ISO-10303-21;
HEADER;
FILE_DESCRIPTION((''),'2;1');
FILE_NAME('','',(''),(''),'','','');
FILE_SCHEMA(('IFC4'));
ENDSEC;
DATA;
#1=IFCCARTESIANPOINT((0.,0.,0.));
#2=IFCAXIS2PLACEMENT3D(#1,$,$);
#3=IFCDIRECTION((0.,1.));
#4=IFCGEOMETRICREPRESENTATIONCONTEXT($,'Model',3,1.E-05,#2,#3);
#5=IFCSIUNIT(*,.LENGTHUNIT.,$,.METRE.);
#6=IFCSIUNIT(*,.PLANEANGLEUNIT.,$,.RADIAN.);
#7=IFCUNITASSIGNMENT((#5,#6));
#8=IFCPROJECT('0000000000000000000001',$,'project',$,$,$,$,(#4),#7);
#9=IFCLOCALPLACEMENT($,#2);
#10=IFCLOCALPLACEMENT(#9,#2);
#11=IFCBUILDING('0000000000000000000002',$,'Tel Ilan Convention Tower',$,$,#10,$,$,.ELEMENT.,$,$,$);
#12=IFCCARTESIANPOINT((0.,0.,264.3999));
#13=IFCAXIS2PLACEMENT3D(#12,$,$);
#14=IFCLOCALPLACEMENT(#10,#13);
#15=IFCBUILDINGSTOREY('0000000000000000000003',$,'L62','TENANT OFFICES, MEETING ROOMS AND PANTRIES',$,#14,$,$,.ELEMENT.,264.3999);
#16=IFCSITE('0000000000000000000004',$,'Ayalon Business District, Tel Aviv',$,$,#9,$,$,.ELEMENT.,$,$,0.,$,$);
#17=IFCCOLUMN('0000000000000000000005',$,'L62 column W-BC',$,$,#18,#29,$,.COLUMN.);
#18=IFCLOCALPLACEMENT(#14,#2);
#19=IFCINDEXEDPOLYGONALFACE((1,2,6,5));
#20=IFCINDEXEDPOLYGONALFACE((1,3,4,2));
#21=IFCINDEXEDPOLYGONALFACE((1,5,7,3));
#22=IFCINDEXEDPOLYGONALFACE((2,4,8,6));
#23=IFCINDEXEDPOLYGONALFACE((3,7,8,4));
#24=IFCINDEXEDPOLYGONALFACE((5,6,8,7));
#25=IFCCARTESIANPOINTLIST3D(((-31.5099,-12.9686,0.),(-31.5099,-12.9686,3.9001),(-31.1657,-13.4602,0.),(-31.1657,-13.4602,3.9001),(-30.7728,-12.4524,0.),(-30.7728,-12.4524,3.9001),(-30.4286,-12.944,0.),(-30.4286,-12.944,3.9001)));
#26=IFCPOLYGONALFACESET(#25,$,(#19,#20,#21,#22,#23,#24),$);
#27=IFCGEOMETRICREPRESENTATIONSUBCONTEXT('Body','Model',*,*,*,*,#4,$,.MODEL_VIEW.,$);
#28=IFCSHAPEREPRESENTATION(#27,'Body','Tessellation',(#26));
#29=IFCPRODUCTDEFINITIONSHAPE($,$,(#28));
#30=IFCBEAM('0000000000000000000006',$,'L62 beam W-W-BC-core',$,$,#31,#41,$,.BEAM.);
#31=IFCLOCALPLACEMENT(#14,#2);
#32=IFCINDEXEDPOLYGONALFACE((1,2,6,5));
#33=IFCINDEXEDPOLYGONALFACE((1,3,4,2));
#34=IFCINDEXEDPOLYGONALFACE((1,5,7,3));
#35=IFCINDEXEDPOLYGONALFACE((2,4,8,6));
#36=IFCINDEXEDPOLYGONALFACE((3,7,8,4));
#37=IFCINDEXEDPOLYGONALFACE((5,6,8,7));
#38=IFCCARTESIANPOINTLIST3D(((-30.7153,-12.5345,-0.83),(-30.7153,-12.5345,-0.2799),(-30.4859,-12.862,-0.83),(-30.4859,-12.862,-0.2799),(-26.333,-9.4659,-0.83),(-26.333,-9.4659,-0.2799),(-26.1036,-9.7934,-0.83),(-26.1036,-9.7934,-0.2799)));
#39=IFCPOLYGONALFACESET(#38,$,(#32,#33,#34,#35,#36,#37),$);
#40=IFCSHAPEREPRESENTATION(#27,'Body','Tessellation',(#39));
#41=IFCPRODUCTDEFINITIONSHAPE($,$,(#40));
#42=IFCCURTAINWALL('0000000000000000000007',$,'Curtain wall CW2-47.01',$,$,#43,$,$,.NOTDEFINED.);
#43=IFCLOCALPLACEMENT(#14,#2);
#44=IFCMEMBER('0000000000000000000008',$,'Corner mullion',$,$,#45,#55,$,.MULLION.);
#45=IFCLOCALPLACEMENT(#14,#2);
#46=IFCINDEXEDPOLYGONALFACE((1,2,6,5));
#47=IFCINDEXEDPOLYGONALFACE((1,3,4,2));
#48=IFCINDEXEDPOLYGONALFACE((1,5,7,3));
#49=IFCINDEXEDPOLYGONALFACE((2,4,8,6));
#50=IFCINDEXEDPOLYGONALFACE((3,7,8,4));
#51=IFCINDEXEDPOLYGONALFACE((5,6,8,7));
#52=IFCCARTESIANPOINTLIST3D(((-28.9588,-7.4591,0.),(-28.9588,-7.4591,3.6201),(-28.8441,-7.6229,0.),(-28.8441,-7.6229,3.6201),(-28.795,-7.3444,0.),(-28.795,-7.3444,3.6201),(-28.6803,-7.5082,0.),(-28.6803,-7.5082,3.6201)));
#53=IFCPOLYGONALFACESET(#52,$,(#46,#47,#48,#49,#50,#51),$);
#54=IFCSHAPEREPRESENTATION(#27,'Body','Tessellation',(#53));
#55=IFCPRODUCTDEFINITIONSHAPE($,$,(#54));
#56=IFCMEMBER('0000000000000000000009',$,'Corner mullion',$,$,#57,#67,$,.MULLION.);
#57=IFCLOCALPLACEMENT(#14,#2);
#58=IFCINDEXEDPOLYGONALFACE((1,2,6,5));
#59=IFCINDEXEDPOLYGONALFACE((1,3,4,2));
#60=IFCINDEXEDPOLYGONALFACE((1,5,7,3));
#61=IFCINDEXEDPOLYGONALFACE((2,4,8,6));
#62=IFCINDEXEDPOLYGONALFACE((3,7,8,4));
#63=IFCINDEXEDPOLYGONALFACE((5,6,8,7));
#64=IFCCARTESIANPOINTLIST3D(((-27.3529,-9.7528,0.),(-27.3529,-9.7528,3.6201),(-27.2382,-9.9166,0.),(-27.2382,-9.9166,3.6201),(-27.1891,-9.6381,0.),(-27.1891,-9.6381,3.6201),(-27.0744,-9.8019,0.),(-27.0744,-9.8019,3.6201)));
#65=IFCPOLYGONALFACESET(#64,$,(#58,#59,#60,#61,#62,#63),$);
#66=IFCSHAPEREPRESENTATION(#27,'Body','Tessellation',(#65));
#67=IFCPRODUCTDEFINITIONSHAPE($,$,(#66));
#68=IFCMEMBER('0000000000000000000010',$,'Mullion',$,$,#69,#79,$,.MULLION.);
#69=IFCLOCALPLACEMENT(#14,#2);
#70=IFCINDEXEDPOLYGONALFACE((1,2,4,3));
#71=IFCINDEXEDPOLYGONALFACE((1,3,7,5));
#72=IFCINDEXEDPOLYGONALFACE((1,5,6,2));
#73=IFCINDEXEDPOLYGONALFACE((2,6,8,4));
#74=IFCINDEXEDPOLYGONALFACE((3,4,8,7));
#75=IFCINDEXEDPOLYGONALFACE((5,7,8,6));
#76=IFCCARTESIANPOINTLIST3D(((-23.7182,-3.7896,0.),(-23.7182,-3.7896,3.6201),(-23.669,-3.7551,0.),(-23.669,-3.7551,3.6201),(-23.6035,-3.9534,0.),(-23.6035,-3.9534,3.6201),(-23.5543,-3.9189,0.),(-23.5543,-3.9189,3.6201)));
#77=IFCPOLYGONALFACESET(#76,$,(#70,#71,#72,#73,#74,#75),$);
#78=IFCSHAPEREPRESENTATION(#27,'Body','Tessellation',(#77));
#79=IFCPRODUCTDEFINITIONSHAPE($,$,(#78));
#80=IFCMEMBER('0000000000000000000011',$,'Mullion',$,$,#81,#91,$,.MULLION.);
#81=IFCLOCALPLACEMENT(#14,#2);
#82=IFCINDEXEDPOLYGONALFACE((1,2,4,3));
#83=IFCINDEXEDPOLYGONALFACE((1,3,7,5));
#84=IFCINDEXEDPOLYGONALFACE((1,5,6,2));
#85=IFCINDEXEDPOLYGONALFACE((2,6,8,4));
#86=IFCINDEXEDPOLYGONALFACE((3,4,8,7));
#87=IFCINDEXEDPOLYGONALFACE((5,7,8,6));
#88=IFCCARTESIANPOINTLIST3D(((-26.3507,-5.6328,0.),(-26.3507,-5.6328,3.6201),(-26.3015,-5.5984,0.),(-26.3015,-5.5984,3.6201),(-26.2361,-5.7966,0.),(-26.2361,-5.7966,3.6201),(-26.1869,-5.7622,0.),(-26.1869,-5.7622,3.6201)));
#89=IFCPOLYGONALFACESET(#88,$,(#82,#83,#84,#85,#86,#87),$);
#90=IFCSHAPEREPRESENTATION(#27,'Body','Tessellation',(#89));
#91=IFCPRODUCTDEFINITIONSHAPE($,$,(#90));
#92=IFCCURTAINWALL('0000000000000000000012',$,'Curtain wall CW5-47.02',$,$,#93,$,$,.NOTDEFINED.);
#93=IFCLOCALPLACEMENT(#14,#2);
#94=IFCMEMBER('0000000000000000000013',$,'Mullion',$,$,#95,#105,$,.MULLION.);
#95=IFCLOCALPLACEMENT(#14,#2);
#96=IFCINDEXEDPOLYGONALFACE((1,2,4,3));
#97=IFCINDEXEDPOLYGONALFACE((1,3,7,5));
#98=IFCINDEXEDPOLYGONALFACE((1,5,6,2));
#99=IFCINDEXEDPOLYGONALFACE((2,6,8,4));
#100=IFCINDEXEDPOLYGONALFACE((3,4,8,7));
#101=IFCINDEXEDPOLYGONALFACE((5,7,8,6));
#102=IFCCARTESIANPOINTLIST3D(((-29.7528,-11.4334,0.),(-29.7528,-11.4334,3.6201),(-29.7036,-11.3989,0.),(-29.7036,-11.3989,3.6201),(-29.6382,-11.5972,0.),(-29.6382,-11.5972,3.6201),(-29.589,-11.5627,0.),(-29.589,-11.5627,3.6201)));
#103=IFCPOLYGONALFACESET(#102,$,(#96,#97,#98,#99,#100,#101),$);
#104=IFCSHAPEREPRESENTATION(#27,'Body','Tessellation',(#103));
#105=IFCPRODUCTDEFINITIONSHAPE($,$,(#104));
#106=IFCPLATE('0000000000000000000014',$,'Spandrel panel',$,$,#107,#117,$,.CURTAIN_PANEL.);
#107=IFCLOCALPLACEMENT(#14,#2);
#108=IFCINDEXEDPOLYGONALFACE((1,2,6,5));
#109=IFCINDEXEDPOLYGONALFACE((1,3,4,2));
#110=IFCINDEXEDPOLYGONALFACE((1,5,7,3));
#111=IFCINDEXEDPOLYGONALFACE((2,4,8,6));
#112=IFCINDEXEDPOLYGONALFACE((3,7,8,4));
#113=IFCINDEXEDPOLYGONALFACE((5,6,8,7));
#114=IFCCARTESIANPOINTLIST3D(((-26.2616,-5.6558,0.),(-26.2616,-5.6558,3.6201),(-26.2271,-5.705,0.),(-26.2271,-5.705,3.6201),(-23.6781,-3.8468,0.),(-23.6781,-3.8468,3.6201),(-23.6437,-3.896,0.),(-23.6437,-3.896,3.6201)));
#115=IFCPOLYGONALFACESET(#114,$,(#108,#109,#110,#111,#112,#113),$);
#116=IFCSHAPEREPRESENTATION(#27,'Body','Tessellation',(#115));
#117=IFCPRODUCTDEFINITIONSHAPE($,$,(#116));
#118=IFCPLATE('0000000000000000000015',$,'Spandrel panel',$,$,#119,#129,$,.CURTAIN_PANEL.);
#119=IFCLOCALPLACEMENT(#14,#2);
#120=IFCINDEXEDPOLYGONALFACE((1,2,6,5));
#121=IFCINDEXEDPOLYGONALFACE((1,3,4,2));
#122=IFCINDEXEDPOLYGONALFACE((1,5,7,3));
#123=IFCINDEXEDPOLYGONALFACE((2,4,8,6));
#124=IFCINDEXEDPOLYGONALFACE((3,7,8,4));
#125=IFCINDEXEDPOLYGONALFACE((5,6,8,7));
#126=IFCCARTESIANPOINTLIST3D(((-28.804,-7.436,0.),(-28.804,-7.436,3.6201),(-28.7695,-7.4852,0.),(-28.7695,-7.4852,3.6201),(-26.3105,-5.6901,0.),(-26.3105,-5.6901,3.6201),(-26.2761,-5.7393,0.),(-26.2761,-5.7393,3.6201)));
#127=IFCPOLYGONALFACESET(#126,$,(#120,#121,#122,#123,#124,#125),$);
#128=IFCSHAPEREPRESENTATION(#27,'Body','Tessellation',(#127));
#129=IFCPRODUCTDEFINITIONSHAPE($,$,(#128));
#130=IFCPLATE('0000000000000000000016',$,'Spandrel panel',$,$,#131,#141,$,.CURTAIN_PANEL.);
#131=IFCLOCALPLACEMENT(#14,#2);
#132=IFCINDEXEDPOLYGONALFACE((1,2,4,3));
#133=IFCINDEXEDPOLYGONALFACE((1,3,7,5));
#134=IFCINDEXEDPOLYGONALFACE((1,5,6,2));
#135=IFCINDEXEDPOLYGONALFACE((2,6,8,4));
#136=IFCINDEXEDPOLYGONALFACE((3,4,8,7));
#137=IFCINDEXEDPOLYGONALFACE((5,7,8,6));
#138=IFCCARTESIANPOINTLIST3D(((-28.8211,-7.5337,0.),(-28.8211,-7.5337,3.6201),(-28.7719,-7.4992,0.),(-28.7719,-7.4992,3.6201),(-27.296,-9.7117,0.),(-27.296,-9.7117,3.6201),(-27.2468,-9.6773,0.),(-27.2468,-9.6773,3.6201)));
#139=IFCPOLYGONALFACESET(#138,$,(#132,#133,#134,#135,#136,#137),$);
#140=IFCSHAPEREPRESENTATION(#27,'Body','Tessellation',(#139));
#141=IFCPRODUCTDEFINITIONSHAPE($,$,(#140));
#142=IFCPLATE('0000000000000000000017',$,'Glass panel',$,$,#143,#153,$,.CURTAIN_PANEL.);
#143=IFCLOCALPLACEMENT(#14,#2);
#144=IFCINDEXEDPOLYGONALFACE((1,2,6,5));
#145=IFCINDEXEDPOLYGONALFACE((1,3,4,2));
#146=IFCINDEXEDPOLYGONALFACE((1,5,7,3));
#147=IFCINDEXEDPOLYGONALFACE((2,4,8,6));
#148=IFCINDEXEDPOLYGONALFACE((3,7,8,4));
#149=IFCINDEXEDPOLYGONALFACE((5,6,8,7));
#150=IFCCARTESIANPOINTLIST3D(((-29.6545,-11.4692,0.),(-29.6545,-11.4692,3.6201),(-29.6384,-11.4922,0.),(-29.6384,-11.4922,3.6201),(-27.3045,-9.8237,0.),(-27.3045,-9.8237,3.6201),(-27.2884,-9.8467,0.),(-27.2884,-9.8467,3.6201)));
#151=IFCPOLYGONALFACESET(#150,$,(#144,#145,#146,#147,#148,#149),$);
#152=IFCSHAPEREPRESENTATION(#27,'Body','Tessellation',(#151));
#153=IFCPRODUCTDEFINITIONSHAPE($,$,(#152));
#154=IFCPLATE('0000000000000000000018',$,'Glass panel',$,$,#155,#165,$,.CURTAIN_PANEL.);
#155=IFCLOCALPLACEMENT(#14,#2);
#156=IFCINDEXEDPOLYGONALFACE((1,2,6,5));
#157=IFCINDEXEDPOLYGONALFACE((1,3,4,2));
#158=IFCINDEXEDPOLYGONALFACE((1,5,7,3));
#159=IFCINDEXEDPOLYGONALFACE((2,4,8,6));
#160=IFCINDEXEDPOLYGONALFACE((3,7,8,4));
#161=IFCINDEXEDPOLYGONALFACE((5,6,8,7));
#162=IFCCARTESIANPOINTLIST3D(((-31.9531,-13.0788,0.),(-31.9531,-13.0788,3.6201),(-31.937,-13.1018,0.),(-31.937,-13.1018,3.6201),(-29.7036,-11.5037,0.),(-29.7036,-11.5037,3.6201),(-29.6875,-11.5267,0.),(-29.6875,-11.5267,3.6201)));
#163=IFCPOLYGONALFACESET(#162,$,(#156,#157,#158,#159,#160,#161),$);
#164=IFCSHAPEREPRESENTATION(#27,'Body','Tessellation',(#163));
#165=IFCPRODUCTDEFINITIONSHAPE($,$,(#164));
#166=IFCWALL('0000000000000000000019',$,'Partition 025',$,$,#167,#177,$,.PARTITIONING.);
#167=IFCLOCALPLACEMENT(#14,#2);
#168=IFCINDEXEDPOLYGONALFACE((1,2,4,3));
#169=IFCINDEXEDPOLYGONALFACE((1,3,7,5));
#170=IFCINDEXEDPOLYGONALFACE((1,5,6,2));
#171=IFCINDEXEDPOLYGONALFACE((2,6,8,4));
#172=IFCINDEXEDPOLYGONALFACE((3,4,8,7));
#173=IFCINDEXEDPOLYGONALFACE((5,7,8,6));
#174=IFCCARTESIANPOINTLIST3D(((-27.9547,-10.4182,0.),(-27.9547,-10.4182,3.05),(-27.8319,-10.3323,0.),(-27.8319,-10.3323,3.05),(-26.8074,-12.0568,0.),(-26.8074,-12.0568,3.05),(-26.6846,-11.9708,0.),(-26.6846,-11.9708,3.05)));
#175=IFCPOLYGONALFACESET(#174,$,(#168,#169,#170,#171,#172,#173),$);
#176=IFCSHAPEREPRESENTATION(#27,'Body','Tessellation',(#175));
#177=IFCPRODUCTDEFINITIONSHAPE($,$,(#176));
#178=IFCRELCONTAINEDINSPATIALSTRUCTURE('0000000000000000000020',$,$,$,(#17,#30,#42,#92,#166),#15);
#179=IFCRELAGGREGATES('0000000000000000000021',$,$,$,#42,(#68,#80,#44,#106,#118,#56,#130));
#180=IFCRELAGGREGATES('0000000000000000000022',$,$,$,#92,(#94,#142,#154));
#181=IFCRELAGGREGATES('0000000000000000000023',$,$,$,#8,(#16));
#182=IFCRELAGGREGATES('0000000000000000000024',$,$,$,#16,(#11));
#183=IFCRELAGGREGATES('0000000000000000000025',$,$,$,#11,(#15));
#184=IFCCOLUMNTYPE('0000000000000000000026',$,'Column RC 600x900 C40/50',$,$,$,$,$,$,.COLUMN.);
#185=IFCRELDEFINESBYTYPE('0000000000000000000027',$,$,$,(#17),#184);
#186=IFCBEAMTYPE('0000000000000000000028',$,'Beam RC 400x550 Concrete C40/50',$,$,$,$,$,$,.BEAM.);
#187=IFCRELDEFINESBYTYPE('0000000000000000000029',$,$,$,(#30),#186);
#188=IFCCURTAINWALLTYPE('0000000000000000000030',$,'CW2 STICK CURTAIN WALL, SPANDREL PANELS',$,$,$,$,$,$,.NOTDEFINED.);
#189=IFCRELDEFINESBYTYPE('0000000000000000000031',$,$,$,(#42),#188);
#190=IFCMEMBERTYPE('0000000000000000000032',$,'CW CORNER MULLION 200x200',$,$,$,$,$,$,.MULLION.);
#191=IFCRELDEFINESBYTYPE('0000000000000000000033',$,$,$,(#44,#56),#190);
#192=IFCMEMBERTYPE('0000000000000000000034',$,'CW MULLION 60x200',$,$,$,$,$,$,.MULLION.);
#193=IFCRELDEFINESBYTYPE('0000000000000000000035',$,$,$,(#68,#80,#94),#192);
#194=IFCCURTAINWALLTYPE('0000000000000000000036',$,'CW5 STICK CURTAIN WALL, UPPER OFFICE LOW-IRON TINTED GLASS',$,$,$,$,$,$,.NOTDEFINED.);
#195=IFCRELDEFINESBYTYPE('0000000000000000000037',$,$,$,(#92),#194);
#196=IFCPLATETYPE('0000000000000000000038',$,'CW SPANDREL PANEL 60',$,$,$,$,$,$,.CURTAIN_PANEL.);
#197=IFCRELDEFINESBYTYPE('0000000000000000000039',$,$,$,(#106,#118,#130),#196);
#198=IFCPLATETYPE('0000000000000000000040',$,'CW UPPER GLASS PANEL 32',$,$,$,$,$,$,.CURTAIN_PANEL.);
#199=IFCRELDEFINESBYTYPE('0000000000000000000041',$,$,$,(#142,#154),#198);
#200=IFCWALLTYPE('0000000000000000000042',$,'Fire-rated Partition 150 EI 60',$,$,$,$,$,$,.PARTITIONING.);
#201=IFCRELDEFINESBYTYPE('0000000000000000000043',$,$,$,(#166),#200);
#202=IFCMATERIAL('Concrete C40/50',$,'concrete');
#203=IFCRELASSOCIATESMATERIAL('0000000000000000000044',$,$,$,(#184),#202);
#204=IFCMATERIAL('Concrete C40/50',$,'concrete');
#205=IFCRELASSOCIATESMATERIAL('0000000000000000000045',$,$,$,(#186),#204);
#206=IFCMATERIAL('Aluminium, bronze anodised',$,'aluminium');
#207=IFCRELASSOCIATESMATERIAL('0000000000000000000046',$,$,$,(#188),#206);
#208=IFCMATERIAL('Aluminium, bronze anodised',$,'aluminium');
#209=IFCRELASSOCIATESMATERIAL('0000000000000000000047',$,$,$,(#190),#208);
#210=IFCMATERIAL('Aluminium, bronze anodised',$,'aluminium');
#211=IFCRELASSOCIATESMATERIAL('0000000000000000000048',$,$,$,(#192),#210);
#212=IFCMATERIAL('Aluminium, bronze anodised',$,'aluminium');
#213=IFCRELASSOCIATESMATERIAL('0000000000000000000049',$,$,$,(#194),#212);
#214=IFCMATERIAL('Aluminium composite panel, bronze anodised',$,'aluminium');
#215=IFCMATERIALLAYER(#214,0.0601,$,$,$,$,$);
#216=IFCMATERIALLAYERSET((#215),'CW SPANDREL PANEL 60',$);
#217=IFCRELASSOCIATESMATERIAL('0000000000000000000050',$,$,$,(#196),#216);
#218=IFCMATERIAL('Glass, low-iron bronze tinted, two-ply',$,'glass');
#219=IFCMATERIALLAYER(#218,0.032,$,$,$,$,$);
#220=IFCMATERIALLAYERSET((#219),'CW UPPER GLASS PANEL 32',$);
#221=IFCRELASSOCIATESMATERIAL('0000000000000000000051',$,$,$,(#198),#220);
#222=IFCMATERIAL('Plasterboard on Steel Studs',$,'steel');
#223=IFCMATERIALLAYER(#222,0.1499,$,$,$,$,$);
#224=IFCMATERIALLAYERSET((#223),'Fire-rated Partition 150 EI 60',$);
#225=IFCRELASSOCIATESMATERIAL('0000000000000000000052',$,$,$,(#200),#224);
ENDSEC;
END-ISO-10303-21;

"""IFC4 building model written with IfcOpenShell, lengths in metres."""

from ifc_helpers import new_model, si_unit, direction, frame, frame_2d, origin, origin_2d, place, context, subcontext, project, spatial, rectangle, extrude, material, layer, layer_set, material_profile, profile_set, type_object, element, aggregate, save


model = new_model("IFC4")

# Units and contexts
model_context = context("Model", 3, precision=1e-05, world=origin(), true_north=direction((0.0, 1.0)))
body_context = subcontext(model_context, "Body", "Model", "MODEL_VIEW")
ifc_project = project(units=[si_unit("LENGTHUNIT", "METRE"), si_unit("PLANEANGLEUNIT", "RADIAN")], contexts=[model_context])

# Site, building, storey
site_placement = place(None, origin())
site = spatial("IfcSite", under=ifc_project, at=site_placement, Name="Ayalon Business District, Tel Aviv", CompositionType="ELEMENT", RefElevation=0.0)
building_placement = place(site_placement, origin())
building = spatial("IfcBuilding", under=site, at=building_placement, Name="Tel Ilan Convention Tower", CompositionType="ELEMENT")
storey_placement = place(building_placement, frame((0.0, 0.0, 264.3999)))
storey = spatial("IfcBuildingStorey", under=building, at=storey_placement, Name="L62", Description="TENANT OFFICES, MEETING ROOMS AND PANTRIES", CompositionType="ELEMENT", Elevation=264.3999)

# Column
ifc_material_1 = material(Name="Concrete C40/50", Category="concrete")
ifc_material_profile_1 = material_profile(ifc_material_1, rectangle(XDim=0.8999, YDim=0.6001, at=origin_2d()), Name="RC 600x900")
ifc_profile_set_1 = profile_set([ifc_material_profile_1], Name="Concrete C40/50")
column_type = type_object("IfcColumnType", Name="Column RC 600x900 C40/50", PredefinedType="COLUMN", material=ifc_profile_set_1)
column_placement = place(storey_placement, frame((-30.9692, -12.9563, 0.0), z_axis=(0.0, 0.0, 1.0), x_axis=(-0.819152, -0.573576, 0.0)))
element("IfcColumn", 1, at=column_placement, inside=storey, type_object=column_type, Name="L62 column W-BC", PredefinedType="COLUMN", context=body_context, shape_type="SweptSolid", body=[
    extrude(rectangle(XDim=0.8999, YDim=0.6001, at=origin_2d()), origin(), (0.0, 0.0, 1.0), 3.9001),
])

# Beam
ifc_material_2 = material(Name="Concrete C40/50", Category="concrete")
ifc_material_profile_2 = material_profile(ifc_material_2, rectangle(XDim=0.3999, YDim=0.55, at=origin_2d()), Name="RC 400x550")
ifc_profile_set_2 = profile_set([ifc_material_profile_2], Name="Concrete C40/50")
beam_type = type_object("IfcBeamType", Name="Beam RC 400x550 Concrete C40/50", PredefinedType="BEAM", material=ifc_profile_set_2)
beam_placement = place(storey_placement, frame((-30.6006, -12.6982, -0.5549), z_axis=(0.819146, 0.573585, 0.0), x_axis=(-0.573585, 0.819146, 0.0)))
element("IfcBeam", 2, at=beam_placement, inside=storey, type_object=beam_type, Name="L62 beam W-W-BC-core", PredefinedType="BEAM", context=body_context, shape_type="SweptSolid", body=[
    extrude(rectangle(XDim=0.3999, YDim=0.55, at=origin_2d()), origin(), (0.0, 0.0, 1.0), 5.3499),
])

# Curtain wall, members
ifc_material_3 = material(Name="Aluminium, bronze anodised", Category="aluminium")
curtain_wall_type_1 = type_object("IfcCurtainWallType", Name="CW2 STICK CURTAIN WALL, SPANDREL PANELS", PredefinedType="NOTDEFINED", material=ifc_material_3)
curtain_wall_1_placement = place(storey_placement, origin())
curtain_wall_1 = element("IfcCurtainWall", 3, at=curtain_wall_1_placement, inside=storey, type_object=curtain_wall_type_1, Name="Curtain wall CW2-47.01", PredefinedType="NOTDEFINED")
ifc_material_4 = material(Name="Aluminium, bronze anodised", Category="aluminium")
ifc_material_profile_3 = material_profile(ifc_material_4, rectangle(XDim=0.2, YDim=0.2, at=origin_2d()), Name="CW CORNER MULLION 200x200")
ifc_profile_set_3 = profile_set([ifc_material_profile_3], Name="Aluminium, bronze anodised")
member_type_1 = type_object("IfcMemberType", Name="CW CORNER MULLION 200x200", PredefinedType="MULLION", material=ifc_profile_set_3)
member_1_placement = place(storey_placement, frame((-28.8196, -7.4836, 0.0), z_axis=(0.0, 0.0, 1.0), x_axis=(-0.819152, -0.573576, 0.0)))
member_1 = element("IfcMember", 4, at=member_1_placement, type_object=member_type_1, Name="Corner mullion", PredefinedType="MULLION", context=body_context, shape_type="SweptSolid", body=[
    extrude(rectangle(XDim=0.2, YDim=0.2, at=origin_2d()), origin(), (0.0, 0.0, 1.0), 3.6201),
])
member_2_placement = place(storey_placement, frame((-27.2136, -9.7773, 0.0), z_axis=(0.0, 0.0, 1.0), x_axis=(0.573576, -0.819152, 0.0)))
member_2 = element("IfcMember", 5, at=member_2_placement, type_object=member_type_1, Name="Corner mullion", PredefinedType="MULLION", context=body_context, shape_type="SweptSolid", body=[
    extrude(rectangle(XDim=0.2, YDim=0.2, at=origin_2d()), origin(), (0.0, 0.0, 1.0), 3.6201),
])
ifc_material_5 = material(Name="Aluminium, bronze anodised", Category="aluminium")
ifc_material_profile_4 = material_profile(ifc_material_5, rectangle(XDim=0.0601, YDim=0.2, at=origin_2d()), Name="CW MULLION 60x200")
ifc_profile_set_4 = profile_set([ifc_material_profile_4], Name="Aluminium, bronze anodised")
member_type_2 = type_object("IfcMemberType", Name="CW MULLION 60x200", PredefinedType="MULLION", material=ifc_profile_set_4)
member_3_placement = place(storey_placement, frame((-23.6362, -3.8542, 0.0), z_axis=(0.0, 0.0, 1.0), x_axis=(-0.819152, -0.573576, 0.0)))
member_3 = element("IfcMember", 6, at=member_3_placement, type_object=member_type_2, Name="Mullion", PredefinedType="MULLION", context=body_context, shape_type="SweptSolid", body=[
    extrude(rectangle(XDim=0.0601, YDim=0.2, at=origin_2d()), origin(), (0.0, 0.0, 1.0), 3.6201),
])
member_4_placement = place(storey_placement, frame((-26.2688, -5.6975, 0.0), z_axis=(0.0, 0.0, 1.0), x_axis=(-0.819152, -0.573576, 0.0)))
member_4 = element("IfcMember", 7, at=member_4_placement, type_object=member_type_2, Name="Mullion", PredefinedType="MULLION", context=body_context, shape_type="SweptSolid", body=[
    extrude(rectangle(XDim=0.0601, YDim=0.2, at=origin_2d()), origin(), (0.0, 0.0, 1.0), 3.6201),
])

# Curtain wall, member
ifc_material_6 = material(Name="Aluminium, bronze anodised", Category="aluminium")
curtain_wall_type_2 = type_object("IfcCurtainWallType", Name="CW5 STICK CURTAIN WALL, UPPER OFFICE LOW-IRON TINTED GLASS", PredefinedType="NOTDEFINED", material=ifc_material_6)
curtain_wall_2_placement = place(storey_placement, origin())
curtain_wall_2 = element("IfcCurtainWall", 8, at=curtain_wall_2_placement, inside=storey, type_object=curtain_wall_type_2, Name="Curtain wall CW5-47.02", PredefinedType="NOTDEFINED")
member_5_placement = place(storey_placement, frame((-29.6709, -11.498, 0.0), z_axis=(0.0, 0.0, 1.0), x_axis=(-0.819152, -0.573576, 0.0)))
member_5 = element("IfcMember", 9, at=member_5_placement, type_object=member_type_2, Name="Mullion", PredefinedType="MULLION", context=body_context, shape_type="SweptSolid", body=[
    extrude(rectangle(XDim=0.0601, YDim=0.2, at=origin_2d()), origin(), (0.0, 0.0, 1.0), 3.6201),
])

# Plates
ifc_material_7 = material(Name="Aluminium composite panel, bronze anodised", Category="aluminium")
ifc_layer_1 = layer(ifc_material_7, 0.0601)
ifc_layer_set_1 = layer_set([ifc_layer_1], Name="CW SPANDREL PANEL 60")
plate_type_1 = type_object("IfcPlateType", Name="CW SPANDREL PANEL 60", PredefinedType="CURTAIN_PANEL", material=ifc_layer_set_1)
plate_1_placement = place(storey_placement, frame((-24.9526, -4.7759, 0.0), z_axis=(0.0, 0.0, 1.0), x_axis=(-0.819152, -0.573576, 0.0)))
plate_1 = element("IfcPlate", 10, at=plate_1_placement, type_object=plate_type_1, Name="Spandrel panel", PredefinedType="CURTAIN_PANEL", context=body_context, shape_type="SweptSolid", body=[
    extrude(rectangle(XDim=3.1538, YDim=0.0601, at=origin_2d()), origin(), (0.0, 0.0, 1.0), 3.6201),
])
plate_2_placement = place(storey_placement, frame((-27.54, -6.5876, 0.0), z_axis=(0.0, 0.0, 1.0), x_axis=(-0.819152, -0.573576, 0.0)))
plate_2 = element("IfcPlate", 11, at=plate_2_placement, type_object=plate_type_1, Name="Spandrel panel", PredefinedType="CURTAIN_PANEL", context=body_context, shape_type="SweptSolid", body=[
    extrude(rectangle(XDim=3.0439, YDim=0.0601, at=origin_2d()), origin(), (0.0, 0.0, 1.0), 3.6201),
])
plate_3_placement = place(storey_placement, frame((-28.0339, -8.6055, 0.0), z_axis=(0.0, 0.0, 1.0), x_axis=(0.573576, -0.819152, 0.0)))
plate_3 = element("IfcPlate", 12, at=plate_3_placement, type_object=plate_type_1, Name="Spandrel panel", PredefinedType="CURTAIN_PANEL", context=body_context, shape_type="SweptSolid", body=[
    extrude(rectangle(XDim=2.6589, YDim=0.0601, at=origin_2d()), origin(), (0.0, 0.0, 1.0), 3.6201),
])
aggregate(curtain_wall_1, [member_3, member_4, member_1, plate_1, plate_2, member_2, plate_3])
ifc_material_8 = material(Name="Glass, low-iron bronze tinted, two-ply", Category="glass")
ifc_layer_2 = layer(ifc_material_8, 0.032)
ifc_layer_set_2 = layer_set([ifc_layer_2], Name="CW UPPER GLASS PANEL 32")
plate_type_2 = type_object("IfcPlateType", Name="CW UPPER GLASS PANEL 32", PredefinedType="CURTAIN_PANEL", material=ifc_layer_set_2)
plate_4_placement = place(storey_placement, frame((-28.4714, -10.658, 0.0), z_axis=(0.0, 0.0, 1.0), x_axis=(-0.819152, -0.573576, 0.0)))
plate_4 = element("IfcPlate", 13, at=plate_4_placement, type_object=plate_type_2, Name="Glass panel", PredefinedType="CURTAIN_PANEL", context=body_context, shape_type="SweptSolid", body=[
    extrude(rectangle(XDim=2.8689, YDim=0.0281, at=origin_2d()), origin(), (0.0, 0.0, 1.0), 3.6201),
])
plate_5_placement = place(storey_placement, frame((-30.8203, -12.3027, 0.0), z_axis=(0.0, 0.0, 1.0), x_axis=(-0.819152, -0.573576, 0.0)))
plate_5 = element("IfcPlate", 14, at=plate_5_placement, type_object=plate_type_2, Name="Glass panel", PredefinedType="CURTAIN_PANEL", context=body_context, shape_type="SweptSolid", body=[
    extrude(rectangle(XDim=2.7461, YDim=0.0281, at=origin_2d()), origin(), (0.0, 0.0, 1.0), 3.6201),
])
aggregate(curtain_wall_2, [member_5, plate_4, plate_5])

# Wall
ifc_material_9 = material(Name="Plasterboard on Steel Studs", Category="steel")
ifc_layer_3 = layer(ifc_material_9, 0.1499)
ifc_layer_set_3 = layer_set([ifc_layer_3], Name="Fire-rated Partition 150 EI 60")
wall_type_1 = type_object("IfcWallType", Name="Fire-rated Partition 150 EI 60", PredefinedType="PARTITIONING", material=ifc_layer_set_3)
wall_1_placement = place(storey_placement, frame((-26.7461, -12.0137, 0.0), z_axis=(0.0, 0.0, 1.0), x_axis=(-0.573569, 0.819157, 0.0)))
element("IfcWall", 15, at=wall_1_placement, inside=storey, type_object=wall_type_1, Name="Partition 025", PredefinedType="PARTITIONING", context=body_context, shape_type="SweptSolid", body=[
    extrude(rectangle(XDim=2.0002, YDim=0.1499, at=frame_2d((1.0, 0.0))), origin(), (0.0, 0.0, 1.0), 3.05),
])

save(model, "model.ifc")
